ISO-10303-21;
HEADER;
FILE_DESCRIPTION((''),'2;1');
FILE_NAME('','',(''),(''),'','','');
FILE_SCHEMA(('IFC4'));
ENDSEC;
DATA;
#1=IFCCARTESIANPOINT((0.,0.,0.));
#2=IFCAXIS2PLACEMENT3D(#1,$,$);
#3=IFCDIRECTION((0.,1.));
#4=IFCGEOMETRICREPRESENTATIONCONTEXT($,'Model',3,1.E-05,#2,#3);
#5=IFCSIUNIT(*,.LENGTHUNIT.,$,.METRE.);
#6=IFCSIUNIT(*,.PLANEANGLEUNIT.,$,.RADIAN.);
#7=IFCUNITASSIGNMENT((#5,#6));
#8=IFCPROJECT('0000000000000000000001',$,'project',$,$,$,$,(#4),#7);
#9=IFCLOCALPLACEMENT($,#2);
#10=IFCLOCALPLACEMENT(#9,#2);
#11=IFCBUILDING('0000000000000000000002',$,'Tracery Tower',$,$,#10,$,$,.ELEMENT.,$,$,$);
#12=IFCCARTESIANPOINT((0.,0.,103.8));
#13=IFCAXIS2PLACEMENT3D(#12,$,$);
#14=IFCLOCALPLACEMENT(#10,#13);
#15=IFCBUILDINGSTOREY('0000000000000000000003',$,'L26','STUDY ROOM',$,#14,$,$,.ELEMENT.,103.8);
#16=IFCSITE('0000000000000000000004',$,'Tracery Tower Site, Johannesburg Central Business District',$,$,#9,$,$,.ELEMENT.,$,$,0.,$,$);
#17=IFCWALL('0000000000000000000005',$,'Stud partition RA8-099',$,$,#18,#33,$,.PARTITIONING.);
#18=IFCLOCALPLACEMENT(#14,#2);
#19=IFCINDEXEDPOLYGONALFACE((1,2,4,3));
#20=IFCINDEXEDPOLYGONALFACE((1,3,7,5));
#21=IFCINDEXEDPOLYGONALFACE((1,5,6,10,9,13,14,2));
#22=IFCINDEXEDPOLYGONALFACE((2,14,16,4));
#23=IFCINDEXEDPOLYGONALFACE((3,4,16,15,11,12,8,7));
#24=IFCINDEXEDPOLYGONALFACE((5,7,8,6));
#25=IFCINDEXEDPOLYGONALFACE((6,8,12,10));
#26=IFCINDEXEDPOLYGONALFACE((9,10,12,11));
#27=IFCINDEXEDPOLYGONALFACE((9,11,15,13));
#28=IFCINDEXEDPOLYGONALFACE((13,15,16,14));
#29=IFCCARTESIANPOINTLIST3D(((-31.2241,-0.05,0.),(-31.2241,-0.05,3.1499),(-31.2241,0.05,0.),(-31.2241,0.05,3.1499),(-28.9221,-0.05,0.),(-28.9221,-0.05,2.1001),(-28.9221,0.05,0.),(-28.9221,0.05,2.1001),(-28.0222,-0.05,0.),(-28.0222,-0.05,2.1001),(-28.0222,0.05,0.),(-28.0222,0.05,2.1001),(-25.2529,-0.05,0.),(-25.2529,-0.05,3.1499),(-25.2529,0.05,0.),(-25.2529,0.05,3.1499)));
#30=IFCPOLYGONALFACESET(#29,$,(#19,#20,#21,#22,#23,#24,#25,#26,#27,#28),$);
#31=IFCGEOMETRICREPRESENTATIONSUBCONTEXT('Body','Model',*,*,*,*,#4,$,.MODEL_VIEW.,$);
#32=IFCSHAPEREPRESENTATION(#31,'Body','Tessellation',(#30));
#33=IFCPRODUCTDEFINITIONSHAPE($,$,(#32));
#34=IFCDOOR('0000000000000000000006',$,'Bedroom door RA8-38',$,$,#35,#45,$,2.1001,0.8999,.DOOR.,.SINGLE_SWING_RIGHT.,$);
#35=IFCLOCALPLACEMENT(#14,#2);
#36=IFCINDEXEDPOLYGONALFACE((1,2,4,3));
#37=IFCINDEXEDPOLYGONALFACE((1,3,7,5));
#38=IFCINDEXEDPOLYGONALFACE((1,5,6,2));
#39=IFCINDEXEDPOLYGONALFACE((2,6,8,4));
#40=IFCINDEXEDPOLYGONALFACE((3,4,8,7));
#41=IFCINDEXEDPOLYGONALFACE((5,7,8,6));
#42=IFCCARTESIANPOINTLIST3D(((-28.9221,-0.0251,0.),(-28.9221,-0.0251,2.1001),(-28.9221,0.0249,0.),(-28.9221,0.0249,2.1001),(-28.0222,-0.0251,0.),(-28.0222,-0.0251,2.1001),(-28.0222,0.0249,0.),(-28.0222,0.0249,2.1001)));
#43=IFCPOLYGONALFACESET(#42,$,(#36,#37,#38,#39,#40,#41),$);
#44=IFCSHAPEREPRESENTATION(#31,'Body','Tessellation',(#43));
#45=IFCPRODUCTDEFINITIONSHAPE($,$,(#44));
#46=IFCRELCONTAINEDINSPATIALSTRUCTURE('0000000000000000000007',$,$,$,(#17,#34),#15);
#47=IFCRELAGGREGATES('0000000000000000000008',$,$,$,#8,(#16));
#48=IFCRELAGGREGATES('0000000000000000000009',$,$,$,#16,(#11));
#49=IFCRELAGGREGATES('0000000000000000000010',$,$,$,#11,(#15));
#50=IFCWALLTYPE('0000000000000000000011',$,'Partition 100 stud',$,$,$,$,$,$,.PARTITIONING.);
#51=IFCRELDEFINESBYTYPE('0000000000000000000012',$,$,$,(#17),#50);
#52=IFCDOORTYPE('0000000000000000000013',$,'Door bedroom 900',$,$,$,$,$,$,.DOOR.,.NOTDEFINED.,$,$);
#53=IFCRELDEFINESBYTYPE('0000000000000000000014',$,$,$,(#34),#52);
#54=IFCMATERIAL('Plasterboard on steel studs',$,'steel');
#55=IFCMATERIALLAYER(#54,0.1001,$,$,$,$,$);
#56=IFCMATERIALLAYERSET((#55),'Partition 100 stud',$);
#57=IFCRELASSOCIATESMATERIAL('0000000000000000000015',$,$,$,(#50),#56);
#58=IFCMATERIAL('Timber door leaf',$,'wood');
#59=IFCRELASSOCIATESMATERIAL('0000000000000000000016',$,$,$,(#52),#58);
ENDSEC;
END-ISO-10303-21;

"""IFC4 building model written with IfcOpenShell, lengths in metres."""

from ifc_helpers import new_model, si_unit, direction, frame, frame_2d, origin, place, context, subcontext, project, spatial, rectangle, extrude, material, layer, layer_set, type_object, element, fill, save


model = new_model("IFC4")

# Units and contexts
model_context = context("Model", 3, precision=1e-05, world=origin(), true_north=direction((0.0, 1.0)))
body_context = subcontext(model_context, "Body", "Model", "MODEL_VIEW")
ifc_project = project(units=[si_unit("LENGTHUNIT", "METRE"), si_unit("PLANEANGLEUNIT", "RADIAN")], contexts=[model_context])

# Site, building, storey
site_placement = place(None, origin())
site = spatial("IfcSite", under=ifc_project, at=site_placement, Name="Tracery Tower Site, Johannesburg Central Business District", CompositionType="ELEMENT", RefElevation=0.0)
building_placement = place(site_placement, origin())
building = spatial("IfcBuilding", under=site, at=building_placement, Name="Tracery Tower", CompositionType="ELEMENT")
storey_placement = place(building_placement, frame((0.0, 0.0, 103.8)))
storey = spatial("IfcBuildingStorey", under=building, at=storey_placement, Name="L26", Description="STUDY ROOM", CompositionType="ELEMENT", Elevation=103.8)

# Shared definitions
ifc_material_1 = material(Name="Plasterboard on steel studs", Category="steel")
ifc_layer_1 = layer(ifc_material_1, 0.1001)
ifc_layer_set_1 = layer_set([ifc_layer_1], Name="Partition 100 stud")
wall_type_1 = type_object("IfcWallType", Name="Partition 100 stud", PredefinedType="PARTITIONING", material=ifc_layer_set_1)

# Wall, opening, door
wall_1_placement = place(storey_placement, frame((-31.2241, 0.0, 0.0), z_axis=(0.0, 0.0, 1.0), x_axis=(1.0, 0.0, 0.0)))
wall_1 = element("IfcWall", 1, at=wall_1_placement, inside=storey, type_object=wall_type_1, Name="Stud partition RA8-099", PredefinedType="PARTITIONING", context=body_context, shape_type="SweptSolid", body=[
    extrude(rectangle(XDim=5.9712, YDim=0.1001, at=frame_2d((2.9856, 0.0))), origin(), (0.0, 0.0, 1.0), 3.1499),
])
opening_1_placement = place(wall_1_placement, frame((2.302, 0.0, 0.0)))
opening_1 = element("IfcOpeningElement", 2, at=opening_1_placement, cuts=wall_1, PredefinedType="OPENING", context=body_context, shape_type="SweptSolid", body=[
    extrude(rectangle(XDim=0.8999, YDim=2.1001, at=frame_2d((0.45, 1.05))), frame((0.0, 0.05, 0.0), z_axis=(0.0, -1.0, 0.0), x_axis=(1.0, 0.0, 0.0)), (0.0, 0.0, 1.0), 0.1001),
])
ifc_material_2 = material(Name="Timber door leaf", Category="wood")
door_type_1 = type_object("IfcDoorType", Name="Door bedroom 900", OperationType="NOTDEFINED", PredefinedType="DOOR", material=ifc_material_2)
door_1_placement = place(opening_1_placement, origin())
door_1 = element("IfcDoor", 3, at=door_1_placement, inside=storey, type_object=door_type_1, Name="Bedroom door RA8-38", OperationType="SINGLE_SWING_RIGHT", OverallHeight=2.1001, OverallWidth=0.8999, PredefinedType="DOOR", context=body_context, shape_type="SweptSolid", body=[
    extrude(rectangle(XDim=0.8999, YDim=2.1001, at=frame_2d((0.45, 1.05))), frame((0.0, 0.0249, 0.0), z_axis=(0.0, -1.0, 0.0), x_axis=(1.0, 0.0, 0.0)), (0.0, 0.0, 1.0), 0.05),
])
fill(opening_1, door_1)

save(model, "model.ifc")
